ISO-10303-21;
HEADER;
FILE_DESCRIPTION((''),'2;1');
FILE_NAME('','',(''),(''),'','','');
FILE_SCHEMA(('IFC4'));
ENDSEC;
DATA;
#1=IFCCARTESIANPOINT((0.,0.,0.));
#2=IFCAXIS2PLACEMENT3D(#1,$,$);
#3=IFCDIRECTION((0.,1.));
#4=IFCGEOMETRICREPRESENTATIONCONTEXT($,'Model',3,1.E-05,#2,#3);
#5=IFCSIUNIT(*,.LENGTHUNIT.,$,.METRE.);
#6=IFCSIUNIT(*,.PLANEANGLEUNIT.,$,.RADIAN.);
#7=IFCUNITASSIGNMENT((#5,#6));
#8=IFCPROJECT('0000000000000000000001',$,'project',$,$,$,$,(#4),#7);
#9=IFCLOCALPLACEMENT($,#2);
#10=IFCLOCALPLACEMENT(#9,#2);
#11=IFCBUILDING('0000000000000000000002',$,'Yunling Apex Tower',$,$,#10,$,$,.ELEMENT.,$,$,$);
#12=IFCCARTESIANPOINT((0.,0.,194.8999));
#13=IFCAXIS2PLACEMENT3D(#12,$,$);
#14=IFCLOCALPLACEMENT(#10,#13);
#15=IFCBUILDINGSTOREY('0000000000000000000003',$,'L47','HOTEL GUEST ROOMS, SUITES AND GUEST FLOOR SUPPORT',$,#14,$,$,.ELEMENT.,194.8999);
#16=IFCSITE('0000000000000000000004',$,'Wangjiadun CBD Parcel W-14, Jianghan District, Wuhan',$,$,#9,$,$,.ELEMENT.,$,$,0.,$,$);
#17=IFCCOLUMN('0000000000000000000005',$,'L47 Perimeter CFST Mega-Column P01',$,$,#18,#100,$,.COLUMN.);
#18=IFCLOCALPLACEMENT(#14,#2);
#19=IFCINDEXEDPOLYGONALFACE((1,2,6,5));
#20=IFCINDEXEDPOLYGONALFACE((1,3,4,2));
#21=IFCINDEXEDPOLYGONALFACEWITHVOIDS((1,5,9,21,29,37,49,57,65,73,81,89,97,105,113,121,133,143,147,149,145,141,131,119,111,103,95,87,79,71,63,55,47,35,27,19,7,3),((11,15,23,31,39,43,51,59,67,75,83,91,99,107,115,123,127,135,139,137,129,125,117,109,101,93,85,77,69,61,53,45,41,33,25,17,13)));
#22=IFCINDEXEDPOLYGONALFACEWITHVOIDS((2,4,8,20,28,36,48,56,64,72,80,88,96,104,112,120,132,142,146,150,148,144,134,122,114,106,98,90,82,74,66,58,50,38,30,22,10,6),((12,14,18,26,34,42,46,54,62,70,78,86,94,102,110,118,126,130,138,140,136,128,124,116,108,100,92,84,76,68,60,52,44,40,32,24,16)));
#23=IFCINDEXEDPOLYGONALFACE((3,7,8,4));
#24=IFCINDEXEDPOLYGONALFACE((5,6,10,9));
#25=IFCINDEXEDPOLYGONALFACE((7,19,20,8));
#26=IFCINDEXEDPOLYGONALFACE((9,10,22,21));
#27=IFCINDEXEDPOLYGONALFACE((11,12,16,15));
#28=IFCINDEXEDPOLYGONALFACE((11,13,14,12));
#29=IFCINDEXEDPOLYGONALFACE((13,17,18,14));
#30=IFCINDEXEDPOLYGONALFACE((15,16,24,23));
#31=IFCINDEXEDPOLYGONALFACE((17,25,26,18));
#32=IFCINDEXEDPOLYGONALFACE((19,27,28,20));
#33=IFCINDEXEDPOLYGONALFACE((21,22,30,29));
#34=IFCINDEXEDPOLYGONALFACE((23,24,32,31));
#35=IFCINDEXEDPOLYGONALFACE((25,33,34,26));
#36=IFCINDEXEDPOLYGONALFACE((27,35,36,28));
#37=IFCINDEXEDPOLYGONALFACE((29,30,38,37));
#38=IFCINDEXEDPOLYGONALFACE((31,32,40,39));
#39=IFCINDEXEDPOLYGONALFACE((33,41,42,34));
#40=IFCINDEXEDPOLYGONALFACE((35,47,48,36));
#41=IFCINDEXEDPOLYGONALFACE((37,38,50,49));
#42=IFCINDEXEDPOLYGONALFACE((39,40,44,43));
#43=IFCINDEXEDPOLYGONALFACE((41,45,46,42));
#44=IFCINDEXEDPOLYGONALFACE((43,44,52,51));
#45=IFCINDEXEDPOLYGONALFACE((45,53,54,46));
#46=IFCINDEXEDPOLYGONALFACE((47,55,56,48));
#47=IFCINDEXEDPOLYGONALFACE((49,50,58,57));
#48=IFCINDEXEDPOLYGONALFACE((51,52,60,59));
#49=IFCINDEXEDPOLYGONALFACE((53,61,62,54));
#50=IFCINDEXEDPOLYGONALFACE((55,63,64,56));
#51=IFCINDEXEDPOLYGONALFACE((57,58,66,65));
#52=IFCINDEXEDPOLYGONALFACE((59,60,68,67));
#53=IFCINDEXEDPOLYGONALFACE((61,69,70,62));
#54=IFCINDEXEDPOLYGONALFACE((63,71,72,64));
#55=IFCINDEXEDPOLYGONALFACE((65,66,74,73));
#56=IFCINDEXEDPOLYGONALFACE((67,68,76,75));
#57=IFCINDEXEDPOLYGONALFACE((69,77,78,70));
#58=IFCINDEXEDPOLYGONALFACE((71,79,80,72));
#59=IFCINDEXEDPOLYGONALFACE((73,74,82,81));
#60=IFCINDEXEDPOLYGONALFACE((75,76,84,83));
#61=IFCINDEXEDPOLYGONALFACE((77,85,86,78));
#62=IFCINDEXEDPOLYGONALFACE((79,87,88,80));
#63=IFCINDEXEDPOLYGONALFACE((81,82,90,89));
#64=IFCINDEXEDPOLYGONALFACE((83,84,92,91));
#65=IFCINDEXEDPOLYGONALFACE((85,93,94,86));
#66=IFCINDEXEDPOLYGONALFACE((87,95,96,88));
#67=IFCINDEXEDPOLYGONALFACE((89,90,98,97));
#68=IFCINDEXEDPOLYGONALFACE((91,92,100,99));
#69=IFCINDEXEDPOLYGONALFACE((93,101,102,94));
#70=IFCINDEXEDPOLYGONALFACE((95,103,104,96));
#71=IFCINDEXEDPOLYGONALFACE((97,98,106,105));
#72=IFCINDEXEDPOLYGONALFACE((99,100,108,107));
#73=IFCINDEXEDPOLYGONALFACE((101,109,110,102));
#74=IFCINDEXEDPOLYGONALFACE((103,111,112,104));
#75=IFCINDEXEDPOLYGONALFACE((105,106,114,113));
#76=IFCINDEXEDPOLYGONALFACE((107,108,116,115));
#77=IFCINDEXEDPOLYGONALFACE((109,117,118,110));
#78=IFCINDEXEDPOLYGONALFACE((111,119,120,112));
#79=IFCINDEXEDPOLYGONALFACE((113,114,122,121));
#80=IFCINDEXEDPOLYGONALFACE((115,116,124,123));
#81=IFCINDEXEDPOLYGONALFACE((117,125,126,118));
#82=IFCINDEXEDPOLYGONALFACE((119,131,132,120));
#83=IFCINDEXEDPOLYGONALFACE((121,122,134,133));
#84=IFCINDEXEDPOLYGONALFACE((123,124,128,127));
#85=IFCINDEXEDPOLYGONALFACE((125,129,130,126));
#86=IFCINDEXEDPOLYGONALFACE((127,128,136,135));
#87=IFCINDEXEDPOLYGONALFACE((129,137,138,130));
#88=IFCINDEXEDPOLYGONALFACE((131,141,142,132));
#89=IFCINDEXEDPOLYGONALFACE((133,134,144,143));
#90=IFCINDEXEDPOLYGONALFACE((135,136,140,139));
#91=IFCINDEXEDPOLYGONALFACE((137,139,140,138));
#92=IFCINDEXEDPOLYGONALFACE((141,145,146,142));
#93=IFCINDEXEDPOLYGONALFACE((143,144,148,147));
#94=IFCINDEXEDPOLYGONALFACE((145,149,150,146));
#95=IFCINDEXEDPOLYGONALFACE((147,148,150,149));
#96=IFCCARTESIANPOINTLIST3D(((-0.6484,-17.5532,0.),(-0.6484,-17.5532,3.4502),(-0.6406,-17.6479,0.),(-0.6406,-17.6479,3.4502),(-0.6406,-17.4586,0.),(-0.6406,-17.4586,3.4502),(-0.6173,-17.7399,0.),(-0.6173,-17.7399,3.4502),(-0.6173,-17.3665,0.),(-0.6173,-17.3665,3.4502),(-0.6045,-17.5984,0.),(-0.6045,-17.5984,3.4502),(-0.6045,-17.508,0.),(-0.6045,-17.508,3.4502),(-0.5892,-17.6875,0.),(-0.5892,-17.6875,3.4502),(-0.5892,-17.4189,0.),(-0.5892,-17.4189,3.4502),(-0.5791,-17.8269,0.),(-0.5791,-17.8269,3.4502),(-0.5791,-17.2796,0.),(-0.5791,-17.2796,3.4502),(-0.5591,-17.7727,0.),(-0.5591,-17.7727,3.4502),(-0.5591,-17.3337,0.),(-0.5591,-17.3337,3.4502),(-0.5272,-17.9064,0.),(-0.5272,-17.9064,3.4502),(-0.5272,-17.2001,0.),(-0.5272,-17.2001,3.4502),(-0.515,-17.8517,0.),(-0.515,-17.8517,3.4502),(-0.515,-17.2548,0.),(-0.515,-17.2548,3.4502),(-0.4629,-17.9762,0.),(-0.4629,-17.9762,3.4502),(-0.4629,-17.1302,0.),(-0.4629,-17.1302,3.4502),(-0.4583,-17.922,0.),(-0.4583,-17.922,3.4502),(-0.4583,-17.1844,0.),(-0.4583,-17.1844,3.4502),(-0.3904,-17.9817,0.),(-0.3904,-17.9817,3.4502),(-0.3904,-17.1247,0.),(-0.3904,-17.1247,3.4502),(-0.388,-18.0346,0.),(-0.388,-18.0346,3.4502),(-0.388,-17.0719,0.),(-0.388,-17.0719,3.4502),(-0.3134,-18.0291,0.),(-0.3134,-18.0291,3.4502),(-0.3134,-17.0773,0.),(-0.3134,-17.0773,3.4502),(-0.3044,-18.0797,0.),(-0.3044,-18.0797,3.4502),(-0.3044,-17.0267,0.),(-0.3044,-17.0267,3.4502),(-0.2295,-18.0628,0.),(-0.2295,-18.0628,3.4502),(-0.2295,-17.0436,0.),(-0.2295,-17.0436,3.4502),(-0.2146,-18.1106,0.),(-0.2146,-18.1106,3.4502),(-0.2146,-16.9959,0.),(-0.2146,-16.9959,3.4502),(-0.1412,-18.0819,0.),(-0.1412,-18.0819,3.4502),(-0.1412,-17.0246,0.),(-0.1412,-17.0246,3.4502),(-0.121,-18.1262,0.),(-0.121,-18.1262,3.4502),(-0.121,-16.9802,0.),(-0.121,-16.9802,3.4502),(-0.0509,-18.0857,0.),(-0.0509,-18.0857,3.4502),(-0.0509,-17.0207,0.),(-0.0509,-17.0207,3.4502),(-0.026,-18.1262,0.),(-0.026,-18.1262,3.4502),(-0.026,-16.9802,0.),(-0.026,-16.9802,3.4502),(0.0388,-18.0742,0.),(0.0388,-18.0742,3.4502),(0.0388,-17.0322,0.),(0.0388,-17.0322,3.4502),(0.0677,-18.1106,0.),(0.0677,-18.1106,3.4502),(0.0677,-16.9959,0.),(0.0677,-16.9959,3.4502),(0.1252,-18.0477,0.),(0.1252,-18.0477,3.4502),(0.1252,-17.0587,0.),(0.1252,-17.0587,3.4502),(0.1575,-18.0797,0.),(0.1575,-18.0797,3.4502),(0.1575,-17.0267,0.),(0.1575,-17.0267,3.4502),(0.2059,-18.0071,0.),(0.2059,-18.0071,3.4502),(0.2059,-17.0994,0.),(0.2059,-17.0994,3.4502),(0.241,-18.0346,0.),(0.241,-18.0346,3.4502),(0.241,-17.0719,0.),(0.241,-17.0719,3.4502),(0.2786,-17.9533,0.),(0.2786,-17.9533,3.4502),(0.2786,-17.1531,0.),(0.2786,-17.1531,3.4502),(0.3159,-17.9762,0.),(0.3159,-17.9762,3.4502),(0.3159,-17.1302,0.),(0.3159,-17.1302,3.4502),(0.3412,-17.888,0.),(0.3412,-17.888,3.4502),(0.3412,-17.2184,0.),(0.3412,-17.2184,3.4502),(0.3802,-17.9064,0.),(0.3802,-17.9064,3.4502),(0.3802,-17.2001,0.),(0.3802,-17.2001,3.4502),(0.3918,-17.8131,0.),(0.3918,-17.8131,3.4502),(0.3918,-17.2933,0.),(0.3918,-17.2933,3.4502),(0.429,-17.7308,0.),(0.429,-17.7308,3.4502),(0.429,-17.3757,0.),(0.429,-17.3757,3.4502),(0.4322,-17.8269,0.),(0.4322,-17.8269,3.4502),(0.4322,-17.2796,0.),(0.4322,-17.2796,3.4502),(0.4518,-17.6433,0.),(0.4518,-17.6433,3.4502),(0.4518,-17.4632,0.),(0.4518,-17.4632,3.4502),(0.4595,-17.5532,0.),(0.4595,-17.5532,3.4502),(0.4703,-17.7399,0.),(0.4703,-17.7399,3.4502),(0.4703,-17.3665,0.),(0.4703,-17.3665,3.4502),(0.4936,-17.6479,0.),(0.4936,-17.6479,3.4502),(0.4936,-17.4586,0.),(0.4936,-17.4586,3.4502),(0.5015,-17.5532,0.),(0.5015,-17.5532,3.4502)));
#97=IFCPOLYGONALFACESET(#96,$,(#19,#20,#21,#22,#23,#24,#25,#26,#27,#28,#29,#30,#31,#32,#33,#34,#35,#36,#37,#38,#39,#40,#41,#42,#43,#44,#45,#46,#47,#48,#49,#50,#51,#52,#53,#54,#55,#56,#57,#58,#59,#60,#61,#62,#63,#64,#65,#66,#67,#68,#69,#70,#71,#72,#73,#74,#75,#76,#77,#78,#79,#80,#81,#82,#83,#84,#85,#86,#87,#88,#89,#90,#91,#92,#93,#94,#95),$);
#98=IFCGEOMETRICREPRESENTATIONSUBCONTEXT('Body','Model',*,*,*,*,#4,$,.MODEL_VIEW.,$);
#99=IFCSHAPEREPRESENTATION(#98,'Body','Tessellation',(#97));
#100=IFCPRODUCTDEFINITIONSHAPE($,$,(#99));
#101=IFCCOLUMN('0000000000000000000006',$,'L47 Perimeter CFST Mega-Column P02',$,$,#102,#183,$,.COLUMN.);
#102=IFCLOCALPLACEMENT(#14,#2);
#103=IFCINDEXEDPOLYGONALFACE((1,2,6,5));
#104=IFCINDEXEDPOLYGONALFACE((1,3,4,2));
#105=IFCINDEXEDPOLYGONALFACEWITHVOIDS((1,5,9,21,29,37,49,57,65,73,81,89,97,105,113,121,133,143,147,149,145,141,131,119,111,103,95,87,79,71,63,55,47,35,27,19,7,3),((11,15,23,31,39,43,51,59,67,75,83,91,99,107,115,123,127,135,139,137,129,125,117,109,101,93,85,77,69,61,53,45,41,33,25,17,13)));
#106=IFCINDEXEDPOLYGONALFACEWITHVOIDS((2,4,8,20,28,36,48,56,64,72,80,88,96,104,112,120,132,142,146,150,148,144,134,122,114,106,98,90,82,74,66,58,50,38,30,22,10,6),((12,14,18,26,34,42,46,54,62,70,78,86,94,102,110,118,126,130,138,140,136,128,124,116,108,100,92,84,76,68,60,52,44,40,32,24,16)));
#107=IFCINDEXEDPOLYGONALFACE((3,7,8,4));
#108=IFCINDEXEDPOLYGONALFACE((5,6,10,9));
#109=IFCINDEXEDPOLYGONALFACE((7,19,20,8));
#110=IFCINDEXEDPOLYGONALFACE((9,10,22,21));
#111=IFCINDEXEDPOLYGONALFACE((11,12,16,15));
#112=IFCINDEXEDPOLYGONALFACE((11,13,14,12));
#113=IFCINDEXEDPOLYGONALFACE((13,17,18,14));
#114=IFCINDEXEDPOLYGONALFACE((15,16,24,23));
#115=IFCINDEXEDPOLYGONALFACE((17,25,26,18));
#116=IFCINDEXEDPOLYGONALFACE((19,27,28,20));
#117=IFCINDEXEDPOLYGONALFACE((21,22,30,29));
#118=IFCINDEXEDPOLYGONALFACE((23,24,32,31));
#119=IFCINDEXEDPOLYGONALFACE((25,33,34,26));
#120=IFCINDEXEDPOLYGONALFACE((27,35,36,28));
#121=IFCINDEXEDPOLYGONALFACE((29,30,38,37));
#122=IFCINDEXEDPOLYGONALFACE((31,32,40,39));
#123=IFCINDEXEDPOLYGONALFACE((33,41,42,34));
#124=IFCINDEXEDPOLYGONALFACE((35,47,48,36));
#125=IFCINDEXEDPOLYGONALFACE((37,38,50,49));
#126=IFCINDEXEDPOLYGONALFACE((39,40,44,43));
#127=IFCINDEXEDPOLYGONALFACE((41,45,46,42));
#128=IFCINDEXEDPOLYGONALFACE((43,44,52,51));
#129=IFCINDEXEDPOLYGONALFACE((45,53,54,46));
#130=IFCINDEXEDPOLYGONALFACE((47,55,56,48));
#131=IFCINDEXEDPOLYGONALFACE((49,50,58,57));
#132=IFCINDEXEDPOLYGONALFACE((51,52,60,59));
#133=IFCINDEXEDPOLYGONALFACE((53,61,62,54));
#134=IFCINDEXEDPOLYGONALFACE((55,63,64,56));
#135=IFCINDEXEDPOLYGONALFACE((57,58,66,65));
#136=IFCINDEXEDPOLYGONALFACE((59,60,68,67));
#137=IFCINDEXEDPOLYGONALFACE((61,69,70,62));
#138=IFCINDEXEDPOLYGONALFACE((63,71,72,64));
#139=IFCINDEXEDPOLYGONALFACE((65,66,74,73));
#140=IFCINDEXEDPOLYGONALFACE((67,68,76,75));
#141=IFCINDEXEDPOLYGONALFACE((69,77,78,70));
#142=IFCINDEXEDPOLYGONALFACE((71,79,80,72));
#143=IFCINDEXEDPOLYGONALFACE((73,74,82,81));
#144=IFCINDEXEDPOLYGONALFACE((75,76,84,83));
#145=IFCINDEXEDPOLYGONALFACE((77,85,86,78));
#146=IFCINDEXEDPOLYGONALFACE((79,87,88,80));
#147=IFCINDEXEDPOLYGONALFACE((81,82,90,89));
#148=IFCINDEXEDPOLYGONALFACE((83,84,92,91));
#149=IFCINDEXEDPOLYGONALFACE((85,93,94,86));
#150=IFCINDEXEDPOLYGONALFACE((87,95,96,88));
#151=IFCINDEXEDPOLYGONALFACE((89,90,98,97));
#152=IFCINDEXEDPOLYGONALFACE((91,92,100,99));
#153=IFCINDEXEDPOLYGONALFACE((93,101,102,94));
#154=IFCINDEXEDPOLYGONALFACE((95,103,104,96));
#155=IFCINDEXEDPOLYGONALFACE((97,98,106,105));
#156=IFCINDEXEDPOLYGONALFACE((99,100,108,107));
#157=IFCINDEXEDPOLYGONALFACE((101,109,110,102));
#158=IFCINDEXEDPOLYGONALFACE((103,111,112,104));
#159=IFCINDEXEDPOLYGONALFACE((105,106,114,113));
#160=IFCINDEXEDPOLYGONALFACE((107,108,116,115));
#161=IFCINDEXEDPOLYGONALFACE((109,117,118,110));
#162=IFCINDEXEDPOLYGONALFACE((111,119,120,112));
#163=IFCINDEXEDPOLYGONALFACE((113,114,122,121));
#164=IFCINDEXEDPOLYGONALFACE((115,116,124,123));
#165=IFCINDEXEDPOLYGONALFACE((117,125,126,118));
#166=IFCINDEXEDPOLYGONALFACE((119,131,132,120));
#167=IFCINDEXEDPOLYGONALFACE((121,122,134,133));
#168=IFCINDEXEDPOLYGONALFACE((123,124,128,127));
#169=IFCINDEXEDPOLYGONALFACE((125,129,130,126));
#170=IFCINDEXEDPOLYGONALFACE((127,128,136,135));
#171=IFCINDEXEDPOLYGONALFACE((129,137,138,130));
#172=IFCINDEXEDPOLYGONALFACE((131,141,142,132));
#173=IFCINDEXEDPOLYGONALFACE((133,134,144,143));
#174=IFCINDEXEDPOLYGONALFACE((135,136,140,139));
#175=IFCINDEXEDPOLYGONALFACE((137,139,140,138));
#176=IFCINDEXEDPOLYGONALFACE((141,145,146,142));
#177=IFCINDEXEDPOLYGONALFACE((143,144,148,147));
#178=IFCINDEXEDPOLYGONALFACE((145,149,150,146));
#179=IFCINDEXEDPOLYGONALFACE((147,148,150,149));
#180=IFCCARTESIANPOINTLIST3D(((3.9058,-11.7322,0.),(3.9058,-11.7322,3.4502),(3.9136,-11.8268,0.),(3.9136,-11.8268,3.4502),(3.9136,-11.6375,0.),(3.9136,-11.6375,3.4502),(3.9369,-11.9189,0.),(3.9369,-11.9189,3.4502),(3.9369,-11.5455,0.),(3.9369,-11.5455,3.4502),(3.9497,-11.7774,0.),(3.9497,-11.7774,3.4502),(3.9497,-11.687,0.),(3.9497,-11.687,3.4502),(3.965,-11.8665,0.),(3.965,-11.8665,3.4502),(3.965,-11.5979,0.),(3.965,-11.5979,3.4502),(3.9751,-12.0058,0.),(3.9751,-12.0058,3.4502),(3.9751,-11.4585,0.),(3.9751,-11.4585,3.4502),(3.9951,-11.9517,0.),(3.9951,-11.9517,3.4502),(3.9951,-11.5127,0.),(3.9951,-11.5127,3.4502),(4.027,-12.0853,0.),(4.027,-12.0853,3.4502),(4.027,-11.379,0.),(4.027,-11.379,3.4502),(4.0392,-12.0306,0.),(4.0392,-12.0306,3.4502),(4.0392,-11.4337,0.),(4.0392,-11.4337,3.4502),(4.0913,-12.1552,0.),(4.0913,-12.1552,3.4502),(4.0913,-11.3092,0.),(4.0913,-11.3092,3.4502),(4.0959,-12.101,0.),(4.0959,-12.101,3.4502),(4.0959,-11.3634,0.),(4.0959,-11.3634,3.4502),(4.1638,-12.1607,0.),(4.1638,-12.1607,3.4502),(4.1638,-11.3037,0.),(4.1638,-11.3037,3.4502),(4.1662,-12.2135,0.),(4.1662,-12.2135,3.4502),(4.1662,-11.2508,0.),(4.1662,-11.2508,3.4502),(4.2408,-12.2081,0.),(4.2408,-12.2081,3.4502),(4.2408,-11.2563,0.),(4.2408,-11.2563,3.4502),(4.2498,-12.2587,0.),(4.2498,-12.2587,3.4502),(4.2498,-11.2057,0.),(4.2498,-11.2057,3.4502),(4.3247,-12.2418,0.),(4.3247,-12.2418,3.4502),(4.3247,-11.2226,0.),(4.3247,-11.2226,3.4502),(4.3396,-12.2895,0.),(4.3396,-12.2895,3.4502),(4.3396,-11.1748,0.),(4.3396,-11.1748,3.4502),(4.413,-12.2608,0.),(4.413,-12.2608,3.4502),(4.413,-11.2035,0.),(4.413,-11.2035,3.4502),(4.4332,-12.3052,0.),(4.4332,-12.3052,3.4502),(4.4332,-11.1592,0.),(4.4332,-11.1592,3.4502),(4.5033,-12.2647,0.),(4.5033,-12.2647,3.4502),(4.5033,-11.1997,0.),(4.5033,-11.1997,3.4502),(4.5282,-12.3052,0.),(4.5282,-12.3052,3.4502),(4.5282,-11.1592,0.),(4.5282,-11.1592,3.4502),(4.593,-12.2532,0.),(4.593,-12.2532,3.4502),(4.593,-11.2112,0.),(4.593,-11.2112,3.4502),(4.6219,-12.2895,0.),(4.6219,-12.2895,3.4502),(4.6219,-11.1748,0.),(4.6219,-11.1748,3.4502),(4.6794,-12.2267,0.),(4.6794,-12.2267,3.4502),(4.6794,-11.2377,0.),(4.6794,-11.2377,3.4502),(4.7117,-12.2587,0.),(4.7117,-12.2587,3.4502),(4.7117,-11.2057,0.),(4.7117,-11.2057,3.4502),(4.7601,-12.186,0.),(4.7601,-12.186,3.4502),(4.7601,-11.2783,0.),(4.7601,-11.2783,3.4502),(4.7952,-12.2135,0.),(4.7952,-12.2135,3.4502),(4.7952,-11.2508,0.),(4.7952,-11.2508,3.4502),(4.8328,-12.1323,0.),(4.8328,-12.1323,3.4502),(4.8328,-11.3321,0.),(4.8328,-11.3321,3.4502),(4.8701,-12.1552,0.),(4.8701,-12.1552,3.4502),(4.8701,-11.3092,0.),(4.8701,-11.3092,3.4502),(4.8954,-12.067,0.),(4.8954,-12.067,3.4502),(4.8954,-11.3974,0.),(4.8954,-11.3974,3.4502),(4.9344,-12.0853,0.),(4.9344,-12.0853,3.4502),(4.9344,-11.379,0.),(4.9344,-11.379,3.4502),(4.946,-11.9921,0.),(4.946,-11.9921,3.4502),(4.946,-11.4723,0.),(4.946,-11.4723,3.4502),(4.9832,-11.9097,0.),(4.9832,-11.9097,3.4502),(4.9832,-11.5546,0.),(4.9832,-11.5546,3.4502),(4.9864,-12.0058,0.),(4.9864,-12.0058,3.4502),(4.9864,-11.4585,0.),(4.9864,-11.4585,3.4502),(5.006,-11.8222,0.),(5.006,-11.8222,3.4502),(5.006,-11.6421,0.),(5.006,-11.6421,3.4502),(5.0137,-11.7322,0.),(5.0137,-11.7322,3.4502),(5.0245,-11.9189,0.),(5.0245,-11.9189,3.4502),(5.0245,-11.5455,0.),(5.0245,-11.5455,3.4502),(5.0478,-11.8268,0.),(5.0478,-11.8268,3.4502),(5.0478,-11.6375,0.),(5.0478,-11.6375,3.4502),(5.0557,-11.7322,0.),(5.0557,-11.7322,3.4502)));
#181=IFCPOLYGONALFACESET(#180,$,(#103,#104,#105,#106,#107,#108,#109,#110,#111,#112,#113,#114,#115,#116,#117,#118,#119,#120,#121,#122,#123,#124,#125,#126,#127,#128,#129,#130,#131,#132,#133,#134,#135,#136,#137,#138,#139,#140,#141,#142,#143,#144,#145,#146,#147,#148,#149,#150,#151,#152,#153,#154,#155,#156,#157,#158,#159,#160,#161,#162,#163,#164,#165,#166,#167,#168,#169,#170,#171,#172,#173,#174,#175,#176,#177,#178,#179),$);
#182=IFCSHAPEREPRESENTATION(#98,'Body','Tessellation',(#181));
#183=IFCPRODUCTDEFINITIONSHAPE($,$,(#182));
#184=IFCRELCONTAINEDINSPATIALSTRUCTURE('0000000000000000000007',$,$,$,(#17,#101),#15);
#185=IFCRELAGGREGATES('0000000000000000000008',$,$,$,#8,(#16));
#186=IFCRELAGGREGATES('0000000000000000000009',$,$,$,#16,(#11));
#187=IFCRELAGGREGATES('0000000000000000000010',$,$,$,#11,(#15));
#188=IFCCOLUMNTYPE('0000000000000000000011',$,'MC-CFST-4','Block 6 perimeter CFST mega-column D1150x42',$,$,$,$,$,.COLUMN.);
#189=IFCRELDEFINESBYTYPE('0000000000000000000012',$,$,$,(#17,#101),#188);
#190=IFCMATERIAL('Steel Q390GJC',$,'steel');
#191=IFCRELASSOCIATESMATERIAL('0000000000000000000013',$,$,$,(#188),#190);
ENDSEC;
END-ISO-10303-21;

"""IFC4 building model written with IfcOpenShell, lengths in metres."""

from ifc_helpers import new_model, si_unit, direction, frame, origin, origin_2d, place, context, subcontext, project, spatial, hollow_circle, extrude, source, transform, mapped, material, material_profile, profile_set, type_object, element, save


model = new_model("IFC4")

# Units and contexts
model_context = context("Model", 3, precision=1e-05, world=origin(), true_north=direction((0.0, 1.0)))
body_context = subcontext(model_context, "Body", "Model", "MODEL_VIEW")
ifc_project = project(units=[si_unit("LENGTHUNIT", "METRE"), si_unit("PLANEANGLEUNIT", "RADIAN")], contexts=[model_context])

# Site, building, storey
site_placement = place(None, origin())
site = spatial("IfcSite", under=ifc_project, at=site_placement, Name="Wangjiadun CBD Parcel W-14, Jianghan District, Wuhan", CompositionType="ELEMENT", RefElevation=0.0)
building_placement = place(site_placement, origin())
building = spatial("IfcBuilding", under=site, at=building_placement, Name="Yunling Apex Tower", CompositionType="ELEMENT")
storey_placement = place(building_placement, frame((0.0, 0.0, 194.8999)))
storey = spatial("IfcBuildingStorey", under=building, at=storey_placement, Name="L47", Description="HOTEL GUEST ROOMS, SUITES AND GUEST FLOOR SUPPORT", CompositionType="ELEMENT", Elevation=194.8999)

# Columns
ifc_material_1 = material(Name="Steel Q390GJC", Category="steel")
ifc_material_profile_1 = material_profile(ifc_material_1, hollow_circle(Radius=0.575, WallThickness=0.042, at=origin_2d()))
ifc_profile_set_1 = profile_set([ifc_material_profile_1], Name="Steel Q390GJC")
column_type = type_object("IfcColumnType", Name="MC-CFST-4", Description="Block 6 perimeter CFST mega-column D1150x42", PredefinedType="COLUMN", material=ifc_profile_set_1)
shared_shape_1 = source(origin(), body_context, "Body", "SweptSolid", [
    extrude(hollow_circle(Radius=0.575, WallThickness=0.042, at=origin_2d()), origin(), (0.0, 0.0, 1.0), 3.4502),
])
for number, where, z_axis, x_axis, name in (
    (1, (-0.0735, -17.5532, 0.0), (0.0, 0.0, 1.0), (1.0, 0.0, 0.0), "L47 Perimeter CFST Mega-Column P01"),
    (2, (4.4807, -11.7322, 0.0), (0.0, 0.0, 1.0), (1.0, 0.0, 0.0), "L47 Perimeter CFST Mega-Column P02"),
):
    element("IfcColumn", number, at=place(storey_placement, frame(where, z_axis=z_axis, x_axis=x_axis)), inside=storey, type_object=column_type, Name=name, PredefinedType="COLUMN", context=body_context, shape_type="MappedRepresentation", body=[
        mapped(shared_shape_1, transform((0.0, 0.0, 0.0), scale=1.0)),
    ])

save(model, "model.ifc")
